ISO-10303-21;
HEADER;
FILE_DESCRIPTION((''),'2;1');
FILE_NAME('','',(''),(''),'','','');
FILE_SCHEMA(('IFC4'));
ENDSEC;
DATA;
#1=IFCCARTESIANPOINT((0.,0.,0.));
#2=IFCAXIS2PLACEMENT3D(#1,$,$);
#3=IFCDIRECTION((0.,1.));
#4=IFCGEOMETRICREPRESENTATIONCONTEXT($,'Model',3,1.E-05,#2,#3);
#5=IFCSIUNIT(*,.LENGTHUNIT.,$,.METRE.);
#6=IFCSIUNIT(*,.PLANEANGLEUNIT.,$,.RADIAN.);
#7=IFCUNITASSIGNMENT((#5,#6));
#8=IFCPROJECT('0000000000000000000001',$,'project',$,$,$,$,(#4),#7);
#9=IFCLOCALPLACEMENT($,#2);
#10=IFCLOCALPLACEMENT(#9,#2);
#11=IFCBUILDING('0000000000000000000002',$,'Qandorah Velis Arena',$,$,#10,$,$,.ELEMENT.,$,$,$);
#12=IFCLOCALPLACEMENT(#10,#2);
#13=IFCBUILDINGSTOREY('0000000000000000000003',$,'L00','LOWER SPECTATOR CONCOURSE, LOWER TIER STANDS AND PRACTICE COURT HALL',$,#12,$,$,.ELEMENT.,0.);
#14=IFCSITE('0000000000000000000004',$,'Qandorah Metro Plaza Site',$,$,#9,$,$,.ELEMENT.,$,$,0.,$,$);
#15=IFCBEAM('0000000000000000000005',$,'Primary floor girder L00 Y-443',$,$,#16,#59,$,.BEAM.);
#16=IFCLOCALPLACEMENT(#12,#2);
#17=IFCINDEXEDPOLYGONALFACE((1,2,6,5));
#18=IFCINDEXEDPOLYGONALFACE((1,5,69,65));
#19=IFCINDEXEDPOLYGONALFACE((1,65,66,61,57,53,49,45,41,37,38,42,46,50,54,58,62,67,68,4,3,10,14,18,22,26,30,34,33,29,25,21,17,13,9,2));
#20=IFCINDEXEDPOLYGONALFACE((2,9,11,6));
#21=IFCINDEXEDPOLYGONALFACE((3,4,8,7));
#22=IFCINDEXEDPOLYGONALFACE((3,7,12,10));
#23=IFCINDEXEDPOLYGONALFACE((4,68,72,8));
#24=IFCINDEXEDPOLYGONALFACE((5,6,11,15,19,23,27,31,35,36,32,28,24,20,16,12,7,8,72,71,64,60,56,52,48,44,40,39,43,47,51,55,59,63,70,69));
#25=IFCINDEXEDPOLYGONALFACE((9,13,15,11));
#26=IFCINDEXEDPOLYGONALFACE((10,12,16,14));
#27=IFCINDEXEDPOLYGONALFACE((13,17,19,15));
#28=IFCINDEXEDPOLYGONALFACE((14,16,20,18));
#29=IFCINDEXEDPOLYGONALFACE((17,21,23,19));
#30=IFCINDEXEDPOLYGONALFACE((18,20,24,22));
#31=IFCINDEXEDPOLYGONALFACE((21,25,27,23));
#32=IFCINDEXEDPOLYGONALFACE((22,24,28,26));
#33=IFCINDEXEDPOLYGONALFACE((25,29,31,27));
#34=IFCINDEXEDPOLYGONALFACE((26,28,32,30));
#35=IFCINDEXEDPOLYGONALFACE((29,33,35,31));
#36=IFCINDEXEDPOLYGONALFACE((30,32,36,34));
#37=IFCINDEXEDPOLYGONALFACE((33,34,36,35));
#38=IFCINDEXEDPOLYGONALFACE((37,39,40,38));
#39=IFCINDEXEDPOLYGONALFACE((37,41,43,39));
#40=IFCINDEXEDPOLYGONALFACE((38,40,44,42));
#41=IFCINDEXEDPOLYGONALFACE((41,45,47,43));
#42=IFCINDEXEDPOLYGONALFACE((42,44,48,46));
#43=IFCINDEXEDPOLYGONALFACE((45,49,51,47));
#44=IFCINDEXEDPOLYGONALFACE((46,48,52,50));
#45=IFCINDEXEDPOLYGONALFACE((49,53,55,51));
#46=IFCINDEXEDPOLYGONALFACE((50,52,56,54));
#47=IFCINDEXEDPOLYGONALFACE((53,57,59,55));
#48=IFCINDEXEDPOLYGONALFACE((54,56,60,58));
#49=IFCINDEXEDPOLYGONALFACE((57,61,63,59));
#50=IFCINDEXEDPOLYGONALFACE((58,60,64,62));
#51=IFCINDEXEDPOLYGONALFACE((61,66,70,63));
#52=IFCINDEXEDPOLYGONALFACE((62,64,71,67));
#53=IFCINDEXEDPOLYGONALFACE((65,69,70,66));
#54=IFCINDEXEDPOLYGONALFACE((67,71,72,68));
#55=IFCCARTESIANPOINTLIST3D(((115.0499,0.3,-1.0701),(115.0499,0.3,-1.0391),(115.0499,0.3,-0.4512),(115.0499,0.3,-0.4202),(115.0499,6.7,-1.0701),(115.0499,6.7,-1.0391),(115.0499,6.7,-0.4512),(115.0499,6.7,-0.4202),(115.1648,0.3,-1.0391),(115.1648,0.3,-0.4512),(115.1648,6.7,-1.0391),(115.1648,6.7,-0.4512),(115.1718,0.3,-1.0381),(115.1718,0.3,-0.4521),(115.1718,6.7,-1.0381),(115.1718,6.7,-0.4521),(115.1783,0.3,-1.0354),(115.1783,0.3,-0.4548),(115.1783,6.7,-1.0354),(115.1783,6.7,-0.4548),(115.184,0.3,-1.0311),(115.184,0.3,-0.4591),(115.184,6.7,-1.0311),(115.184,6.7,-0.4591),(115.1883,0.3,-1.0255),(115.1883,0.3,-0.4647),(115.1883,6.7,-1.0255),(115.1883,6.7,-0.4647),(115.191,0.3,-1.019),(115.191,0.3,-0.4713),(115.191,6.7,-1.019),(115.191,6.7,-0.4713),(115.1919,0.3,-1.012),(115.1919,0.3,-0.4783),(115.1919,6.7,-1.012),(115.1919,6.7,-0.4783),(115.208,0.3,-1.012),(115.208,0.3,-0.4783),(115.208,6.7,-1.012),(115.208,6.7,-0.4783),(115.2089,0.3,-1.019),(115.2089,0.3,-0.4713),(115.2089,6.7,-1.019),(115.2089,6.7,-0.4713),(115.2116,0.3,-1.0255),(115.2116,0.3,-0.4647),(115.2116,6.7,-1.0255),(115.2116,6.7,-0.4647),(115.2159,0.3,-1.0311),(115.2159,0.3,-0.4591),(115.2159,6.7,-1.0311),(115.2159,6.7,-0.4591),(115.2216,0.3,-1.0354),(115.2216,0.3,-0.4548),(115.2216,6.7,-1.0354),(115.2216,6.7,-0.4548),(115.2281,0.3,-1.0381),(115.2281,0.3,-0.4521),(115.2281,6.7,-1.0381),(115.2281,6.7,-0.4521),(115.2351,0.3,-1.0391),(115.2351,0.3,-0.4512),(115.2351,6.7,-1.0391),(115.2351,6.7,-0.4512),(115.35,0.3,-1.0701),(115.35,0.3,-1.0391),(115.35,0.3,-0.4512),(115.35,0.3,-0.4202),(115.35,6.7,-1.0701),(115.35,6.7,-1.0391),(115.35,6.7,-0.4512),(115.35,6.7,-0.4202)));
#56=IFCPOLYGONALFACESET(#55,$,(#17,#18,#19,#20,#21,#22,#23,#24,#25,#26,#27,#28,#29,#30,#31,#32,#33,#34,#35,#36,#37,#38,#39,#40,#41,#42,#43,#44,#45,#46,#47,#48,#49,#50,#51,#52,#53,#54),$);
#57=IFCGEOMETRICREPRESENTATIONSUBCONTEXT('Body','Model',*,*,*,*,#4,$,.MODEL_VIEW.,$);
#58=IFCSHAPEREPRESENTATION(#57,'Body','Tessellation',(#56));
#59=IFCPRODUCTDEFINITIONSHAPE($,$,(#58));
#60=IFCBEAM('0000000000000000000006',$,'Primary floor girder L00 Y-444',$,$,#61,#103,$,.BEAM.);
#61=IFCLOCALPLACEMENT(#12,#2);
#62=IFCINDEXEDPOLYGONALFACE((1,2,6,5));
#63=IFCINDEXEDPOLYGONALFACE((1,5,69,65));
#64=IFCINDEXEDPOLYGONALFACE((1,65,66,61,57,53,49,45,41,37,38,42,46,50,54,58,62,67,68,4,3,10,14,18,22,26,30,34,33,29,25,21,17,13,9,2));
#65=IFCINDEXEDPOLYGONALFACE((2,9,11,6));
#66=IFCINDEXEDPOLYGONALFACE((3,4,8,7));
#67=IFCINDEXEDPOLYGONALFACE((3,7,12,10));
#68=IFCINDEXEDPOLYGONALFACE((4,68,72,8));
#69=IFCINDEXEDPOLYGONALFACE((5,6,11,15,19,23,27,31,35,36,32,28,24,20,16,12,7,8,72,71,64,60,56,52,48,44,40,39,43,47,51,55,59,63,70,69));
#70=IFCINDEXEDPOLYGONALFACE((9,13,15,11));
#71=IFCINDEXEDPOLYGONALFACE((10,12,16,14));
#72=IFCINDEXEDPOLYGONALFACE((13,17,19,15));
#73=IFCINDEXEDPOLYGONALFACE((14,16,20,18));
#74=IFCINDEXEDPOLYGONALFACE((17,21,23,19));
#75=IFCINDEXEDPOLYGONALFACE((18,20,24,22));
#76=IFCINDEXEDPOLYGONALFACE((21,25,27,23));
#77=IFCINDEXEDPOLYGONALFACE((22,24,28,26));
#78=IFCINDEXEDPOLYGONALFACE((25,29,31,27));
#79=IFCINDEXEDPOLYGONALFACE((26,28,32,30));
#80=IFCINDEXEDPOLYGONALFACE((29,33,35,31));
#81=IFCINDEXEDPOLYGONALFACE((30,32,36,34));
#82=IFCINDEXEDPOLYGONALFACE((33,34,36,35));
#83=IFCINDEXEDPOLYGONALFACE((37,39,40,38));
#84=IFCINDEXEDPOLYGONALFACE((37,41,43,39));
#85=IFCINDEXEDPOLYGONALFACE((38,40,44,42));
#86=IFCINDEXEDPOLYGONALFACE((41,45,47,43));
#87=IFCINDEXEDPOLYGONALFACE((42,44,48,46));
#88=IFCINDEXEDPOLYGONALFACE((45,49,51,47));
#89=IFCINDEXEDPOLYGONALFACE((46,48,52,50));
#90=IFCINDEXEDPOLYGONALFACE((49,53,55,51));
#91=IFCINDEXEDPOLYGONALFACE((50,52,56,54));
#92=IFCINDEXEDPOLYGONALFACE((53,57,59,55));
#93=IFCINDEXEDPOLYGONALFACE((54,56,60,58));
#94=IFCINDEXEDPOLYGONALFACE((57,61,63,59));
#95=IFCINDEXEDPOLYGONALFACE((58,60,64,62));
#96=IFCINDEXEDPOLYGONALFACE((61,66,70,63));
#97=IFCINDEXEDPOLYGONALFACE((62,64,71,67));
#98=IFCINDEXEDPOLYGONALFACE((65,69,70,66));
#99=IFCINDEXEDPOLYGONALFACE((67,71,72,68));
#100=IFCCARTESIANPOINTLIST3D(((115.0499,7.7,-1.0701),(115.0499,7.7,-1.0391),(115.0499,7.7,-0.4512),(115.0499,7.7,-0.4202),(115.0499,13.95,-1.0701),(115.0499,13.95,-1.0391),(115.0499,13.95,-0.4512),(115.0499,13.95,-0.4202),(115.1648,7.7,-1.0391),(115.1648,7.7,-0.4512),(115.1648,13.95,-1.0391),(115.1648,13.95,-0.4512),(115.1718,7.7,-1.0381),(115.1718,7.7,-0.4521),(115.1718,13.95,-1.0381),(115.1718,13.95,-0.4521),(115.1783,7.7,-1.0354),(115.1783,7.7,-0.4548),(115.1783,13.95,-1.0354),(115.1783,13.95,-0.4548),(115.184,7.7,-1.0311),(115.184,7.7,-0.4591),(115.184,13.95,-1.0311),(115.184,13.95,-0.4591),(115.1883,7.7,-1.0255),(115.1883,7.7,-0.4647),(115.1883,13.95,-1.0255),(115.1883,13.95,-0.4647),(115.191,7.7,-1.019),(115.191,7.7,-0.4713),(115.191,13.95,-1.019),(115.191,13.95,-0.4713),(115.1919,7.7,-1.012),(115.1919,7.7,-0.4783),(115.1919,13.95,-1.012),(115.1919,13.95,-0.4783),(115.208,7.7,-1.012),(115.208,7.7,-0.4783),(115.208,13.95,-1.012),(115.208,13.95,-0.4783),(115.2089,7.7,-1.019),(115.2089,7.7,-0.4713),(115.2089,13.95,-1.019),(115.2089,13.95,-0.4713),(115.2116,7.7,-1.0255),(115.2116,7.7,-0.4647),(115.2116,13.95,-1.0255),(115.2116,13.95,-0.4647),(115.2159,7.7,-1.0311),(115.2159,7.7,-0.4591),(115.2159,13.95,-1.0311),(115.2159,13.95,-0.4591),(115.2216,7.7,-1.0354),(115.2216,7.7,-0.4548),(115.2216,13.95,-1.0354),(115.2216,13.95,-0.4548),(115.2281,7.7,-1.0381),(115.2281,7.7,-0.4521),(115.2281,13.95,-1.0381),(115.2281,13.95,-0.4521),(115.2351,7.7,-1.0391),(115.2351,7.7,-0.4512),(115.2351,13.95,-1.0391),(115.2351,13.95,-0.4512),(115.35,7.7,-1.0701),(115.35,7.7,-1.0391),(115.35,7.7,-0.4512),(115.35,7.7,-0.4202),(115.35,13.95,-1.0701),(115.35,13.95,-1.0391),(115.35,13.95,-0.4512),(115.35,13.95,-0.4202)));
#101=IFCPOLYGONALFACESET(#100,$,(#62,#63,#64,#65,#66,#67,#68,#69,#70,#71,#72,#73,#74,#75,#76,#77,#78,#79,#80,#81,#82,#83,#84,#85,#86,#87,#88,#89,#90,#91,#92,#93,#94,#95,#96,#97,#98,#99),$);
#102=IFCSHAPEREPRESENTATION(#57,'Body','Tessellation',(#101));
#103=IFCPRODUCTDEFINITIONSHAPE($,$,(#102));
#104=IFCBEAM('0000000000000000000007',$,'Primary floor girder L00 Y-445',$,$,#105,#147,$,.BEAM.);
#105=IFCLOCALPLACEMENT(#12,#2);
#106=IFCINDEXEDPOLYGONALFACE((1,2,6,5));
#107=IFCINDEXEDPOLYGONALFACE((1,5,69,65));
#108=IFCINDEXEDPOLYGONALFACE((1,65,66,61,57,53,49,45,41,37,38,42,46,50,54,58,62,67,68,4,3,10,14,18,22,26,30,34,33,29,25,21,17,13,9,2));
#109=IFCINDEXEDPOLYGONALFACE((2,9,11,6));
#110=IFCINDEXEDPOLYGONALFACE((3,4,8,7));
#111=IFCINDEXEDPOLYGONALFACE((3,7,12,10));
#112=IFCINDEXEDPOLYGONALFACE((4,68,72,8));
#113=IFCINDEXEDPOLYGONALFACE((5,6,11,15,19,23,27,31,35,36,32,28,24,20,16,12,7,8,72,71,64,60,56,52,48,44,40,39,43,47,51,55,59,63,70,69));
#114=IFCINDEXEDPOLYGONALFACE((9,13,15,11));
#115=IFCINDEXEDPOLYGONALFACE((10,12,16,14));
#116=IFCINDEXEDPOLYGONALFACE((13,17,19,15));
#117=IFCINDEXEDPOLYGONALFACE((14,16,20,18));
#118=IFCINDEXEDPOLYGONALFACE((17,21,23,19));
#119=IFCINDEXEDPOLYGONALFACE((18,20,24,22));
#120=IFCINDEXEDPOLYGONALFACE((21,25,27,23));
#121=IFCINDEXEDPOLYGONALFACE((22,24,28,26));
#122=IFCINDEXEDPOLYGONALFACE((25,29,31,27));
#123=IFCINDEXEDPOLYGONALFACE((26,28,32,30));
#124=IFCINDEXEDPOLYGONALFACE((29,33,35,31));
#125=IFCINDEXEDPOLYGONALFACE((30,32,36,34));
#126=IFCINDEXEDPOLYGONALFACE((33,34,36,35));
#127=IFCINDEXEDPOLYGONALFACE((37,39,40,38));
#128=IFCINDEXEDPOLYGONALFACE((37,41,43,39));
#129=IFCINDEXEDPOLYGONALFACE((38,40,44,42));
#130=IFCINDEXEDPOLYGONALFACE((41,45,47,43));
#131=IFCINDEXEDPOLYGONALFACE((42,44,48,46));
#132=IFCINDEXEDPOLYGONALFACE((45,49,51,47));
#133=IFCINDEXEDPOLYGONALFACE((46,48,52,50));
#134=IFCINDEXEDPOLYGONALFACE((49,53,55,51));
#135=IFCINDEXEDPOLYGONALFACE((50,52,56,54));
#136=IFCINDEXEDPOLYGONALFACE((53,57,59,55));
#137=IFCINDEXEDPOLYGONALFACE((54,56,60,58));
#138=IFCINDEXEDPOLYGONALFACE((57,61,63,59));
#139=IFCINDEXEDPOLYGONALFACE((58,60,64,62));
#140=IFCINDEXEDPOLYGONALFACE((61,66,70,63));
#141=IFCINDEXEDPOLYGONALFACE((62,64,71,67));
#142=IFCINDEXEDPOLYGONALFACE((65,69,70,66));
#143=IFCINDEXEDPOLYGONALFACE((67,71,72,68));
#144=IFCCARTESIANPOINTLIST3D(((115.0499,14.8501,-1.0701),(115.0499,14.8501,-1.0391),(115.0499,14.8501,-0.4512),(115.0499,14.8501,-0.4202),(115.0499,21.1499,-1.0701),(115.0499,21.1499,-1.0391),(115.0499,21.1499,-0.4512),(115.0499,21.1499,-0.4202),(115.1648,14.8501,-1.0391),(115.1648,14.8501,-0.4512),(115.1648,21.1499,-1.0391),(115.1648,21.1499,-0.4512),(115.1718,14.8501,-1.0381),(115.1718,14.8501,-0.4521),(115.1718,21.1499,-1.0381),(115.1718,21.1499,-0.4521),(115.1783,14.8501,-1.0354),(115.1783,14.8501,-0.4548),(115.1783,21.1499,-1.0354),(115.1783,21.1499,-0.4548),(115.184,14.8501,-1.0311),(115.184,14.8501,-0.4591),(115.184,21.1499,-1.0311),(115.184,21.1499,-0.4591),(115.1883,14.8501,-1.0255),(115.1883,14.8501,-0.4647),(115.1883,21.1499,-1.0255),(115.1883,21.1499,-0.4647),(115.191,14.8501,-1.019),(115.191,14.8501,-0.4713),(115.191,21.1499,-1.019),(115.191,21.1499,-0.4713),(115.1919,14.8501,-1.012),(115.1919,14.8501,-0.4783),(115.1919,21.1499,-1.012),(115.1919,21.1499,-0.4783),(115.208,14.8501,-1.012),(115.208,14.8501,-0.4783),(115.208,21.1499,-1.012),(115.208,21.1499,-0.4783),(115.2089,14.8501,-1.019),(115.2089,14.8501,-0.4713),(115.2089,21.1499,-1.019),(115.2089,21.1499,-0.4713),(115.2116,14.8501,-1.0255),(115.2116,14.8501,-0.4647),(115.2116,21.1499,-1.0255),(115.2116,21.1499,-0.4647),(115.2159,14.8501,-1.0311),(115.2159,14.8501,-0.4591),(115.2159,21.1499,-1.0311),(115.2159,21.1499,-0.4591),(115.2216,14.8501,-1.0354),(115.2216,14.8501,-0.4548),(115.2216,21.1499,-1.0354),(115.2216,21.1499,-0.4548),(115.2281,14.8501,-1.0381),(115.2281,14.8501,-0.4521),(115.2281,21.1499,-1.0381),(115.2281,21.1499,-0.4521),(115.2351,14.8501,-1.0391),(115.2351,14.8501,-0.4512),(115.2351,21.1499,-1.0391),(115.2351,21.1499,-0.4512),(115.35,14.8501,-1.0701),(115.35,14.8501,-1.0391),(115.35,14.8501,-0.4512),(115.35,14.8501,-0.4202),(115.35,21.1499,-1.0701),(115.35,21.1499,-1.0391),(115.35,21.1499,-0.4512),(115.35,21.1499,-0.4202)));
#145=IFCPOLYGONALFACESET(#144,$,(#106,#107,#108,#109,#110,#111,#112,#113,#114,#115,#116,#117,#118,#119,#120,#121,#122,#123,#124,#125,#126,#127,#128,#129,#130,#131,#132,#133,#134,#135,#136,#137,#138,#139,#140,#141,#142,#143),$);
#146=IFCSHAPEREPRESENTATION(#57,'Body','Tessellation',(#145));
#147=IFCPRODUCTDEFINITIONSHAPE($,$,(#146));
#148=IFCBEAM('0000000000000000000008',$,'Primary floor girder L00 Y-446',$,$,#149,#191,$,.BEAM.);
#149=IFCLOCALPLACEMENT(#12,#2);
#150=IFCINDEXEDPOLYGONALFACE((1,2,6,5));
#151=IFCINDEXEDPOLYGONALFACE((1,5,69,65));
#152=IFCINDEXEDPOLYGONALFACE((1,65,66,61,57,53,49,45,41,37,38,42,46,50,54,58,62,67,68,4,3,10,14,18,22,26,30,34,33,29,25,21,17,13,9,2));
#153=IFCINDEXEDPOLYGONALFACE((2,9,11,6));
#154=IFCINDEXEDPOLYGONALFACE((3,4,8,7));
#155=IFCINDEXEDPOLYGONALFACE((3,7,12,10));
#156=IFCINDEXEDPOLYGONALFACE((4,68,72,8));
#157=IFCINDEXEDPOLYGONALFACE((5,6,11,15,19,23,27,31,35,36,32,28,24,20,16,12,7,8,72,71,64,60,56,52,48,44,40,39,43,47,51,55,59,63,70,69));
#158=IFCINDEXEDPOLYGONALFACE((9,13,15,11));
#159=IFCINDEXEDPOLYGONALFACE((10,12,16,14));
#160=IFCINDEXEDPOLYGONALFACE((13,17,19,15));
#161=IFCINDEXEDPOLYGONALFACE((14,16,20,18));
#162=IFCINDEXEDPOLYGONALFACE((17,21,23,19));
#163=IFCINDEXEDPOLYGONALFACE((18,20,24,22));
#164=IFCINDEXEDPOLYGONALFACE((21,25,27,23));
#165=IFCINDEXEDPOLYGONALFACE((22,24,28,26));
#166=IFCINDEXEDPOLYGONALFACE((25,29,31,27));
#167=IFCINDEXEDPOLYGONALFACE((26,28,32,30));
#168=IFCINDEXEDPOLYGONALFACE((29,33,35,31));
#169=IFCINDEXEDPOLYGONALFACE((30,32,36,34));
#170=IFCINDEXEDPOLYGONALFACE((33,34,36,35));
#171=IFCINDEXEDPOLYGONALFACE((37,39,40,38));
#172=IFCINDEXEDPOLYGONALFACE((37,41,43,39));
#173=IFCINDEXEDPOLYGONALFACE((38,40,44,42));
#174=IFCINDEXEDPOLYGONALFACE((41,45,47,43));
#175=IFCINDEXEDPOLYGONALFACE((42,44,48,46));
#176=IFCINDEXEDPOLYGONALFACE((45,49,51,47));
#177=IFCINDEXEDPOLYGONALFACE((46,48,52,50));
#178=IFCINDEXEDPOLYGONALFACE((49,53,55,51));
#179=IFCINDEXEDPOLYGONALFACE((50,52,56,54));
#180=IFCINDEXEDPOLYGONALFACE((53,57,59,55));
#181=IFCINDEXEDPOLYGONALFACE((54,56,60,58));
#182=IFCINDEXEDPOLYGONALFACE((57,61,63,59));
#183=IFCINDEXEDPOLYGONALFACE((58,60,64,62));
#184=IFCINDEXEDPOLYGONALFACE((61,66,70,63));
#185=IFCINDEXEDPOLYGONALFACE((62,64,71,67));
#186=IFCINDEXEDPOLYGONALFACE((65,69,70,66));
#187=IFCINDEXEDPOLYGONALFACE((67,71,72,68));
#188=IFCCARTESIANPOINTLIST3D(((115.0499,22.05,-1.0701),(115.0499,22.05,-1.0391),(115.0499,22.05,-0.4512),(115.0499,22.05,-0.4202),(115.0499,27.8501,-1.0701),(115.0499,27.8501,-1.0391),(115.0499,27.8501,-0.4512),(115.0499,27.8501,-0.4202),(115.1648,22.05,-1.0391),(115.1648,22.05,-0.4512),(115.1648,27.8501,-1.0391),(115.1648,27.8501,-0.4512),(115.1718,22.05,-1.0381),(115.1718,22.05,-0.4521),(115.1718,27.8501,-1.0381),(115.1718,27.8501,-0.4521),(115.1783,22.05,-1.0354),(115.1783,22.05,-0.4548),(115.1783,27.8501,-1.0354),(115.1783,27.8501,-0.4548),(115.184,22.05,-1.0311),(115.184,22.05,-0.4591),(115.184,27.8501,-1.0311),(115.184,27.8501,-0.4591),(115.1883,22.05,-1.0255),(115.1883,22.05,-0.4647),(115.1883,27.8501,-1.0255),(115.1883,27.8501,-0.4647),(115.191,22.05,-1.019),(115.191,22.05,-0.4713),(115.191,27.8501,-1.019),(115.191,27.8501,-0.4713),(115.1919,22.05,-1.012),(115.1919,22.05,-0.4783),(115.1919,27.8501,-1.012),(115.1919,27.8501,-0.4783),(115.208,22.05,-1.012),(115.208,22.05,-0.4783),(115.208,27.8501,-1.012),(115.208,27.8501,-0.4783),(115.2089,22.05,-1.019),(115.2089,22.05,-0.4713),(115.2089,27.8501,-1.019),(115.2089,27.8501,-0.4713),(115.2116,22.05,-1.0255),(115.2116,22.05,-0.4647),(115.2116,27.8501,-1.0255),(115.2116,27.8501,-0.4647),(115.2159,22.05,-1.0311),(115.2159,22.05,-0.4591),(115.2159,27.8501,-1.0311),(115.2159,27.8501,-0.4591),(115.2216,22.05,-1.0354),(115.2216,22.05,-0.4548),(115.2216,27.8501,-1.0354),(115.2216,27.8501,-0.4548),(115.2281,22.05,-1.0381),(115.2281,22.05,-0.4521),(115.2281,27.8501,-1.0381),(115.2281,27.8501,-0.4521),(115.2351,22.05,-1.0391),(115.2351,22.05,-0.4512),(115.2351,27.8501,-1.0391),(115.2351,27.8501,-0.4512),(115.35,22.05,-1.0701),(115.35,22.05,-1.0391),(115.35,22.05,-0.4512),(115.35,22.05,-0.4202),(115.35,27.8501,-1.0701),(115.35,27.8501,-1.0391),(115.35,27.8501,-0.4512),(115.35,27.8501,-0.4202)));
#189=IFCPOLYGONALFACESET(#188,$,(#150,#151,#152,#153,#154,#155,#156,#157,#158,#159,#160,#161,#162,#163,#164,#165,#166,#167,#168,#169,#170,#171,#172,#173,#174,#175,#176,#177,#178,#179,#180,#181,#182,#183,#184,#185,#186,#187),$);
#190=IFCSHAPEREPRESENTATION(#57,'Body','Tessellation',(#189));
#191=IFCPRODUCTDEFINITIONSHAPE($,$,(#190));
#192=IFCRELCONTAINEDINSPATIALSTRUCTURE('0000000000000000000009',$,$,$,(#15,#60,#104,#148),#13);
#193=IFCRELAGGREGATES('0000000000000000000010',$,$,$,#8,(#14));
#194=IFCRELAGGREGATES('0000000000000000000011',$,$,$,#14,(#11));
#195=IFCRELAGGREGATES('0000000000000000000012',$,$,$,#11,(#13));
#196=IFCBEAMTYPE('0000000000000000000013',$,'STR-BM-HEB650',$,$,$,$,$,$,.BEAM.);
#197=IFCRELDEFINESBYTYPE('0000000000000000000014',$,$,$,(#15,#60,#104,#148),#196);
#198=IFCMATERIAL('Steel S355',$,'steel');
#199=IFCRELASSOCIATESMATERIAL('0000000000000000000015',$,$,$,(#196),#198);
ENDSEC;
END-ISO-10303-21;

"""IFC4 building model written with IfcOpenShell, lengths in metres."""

from ifc_helpers import new_model, si_unit, direction, frame, origin, origin_2d, place, context, subcontext, project, spatial, i_section, extrude, material, material_profile, profile_set, type_object, element, save


model = new_model("IFC4")

# Units and contexts
model_context = context("Model", 3, precision=1e-05, world=origin(), true_north=direction((0.0, 1.0)))
body_context = subcontext(model_context, "Body", "Model", "MODEL_VIEW")
ifc_project = project(units=[si_unit("LENGTHUNIT", "METRE"), si_unit("PLANEANGLEUNIT", "RADIAN")], contexts=[model_context])

# Site, building, storey
site_placement = place(None, origin())
site = spatial("IfcSite", under=ifc_project, at=site_placement, Name="Qandorah Metro Plaza Site", CompositionType="ELEMENT", RefElevation=0.0)
building_placement = place(site_placement, origin())
building = spatial("IfcBuilding", under=site, at=building_placement, Name="Qandorah Velis Arena", CompositionType="ELEMENT")
storey_placement = place(building_placement, origin())
storey = spatial("IfcBuildingStorey", under=building, at=storey_placement, Name="L00", Description="LOWER SPECTATOR CONCOURSE, LOWER TIER STANDS AND PRACTICE COURT HALL", CompositionType="ELEMENT", Elevation=0.0)

# Beams
ifc_material_1 = material(Name="Steel S355", Category="steel")
ifc_material_profile_1 = material_profile(ifc_material_1, i_section(OverallWidth=0.3, OverallDepth=0.6499, WebThickness=0.0161, FlangeThickness=0.031, FilletRadius=0.0271, at=origin_2d()), Name="HEB 650")
ifc_profile_set_1 = profile_set([ifc_material_profile_1], Name="Steel S355")
beam_type_1 = type_object("IfcBeamType", Name="STR-BM-HEB650", PredefinedType="BEAM", material=ifc_profile_set_1)
beam_1_placement = place(storey_placement, frame((115.2, 0.3, -0.7451), z_axis=(0.0, 1.0, 0.0), x_axis=(-1.0, 0.0, 0.0)))
element("IfcBeam", 1, at=beam_1_placement, inside=storey, type_object=beam_type_1, Name="Primary floor girder L00 Y-443", PredefinedType="BEAM", context=body_context, shape_type="SweptSolid", body=[
    extrude(i_section(OverallWidth=0.3, OverallDepth=0.6499, WebThickness=0.0161, FlangeThickness=0.031, FilletRadius=0.0271, at=origin_2d()), origin(), (0.0, 0.0, 1.0), 6.3999),
])
beam_2_placement = place(storey_placement, frame((115.2, 7.7, -0.7451), z_axis=(0.0, 1.0, 0.0), x_axis=(-1.0, 0.0, 0.0)))
element("IfcBeam", 2, at=beam_2_placement, inside=storey, type_object=beam_type_1, Name="Primary floor girder L00 Y-444", PredefinedType="BEAM", context=body_context, shape_type="SweptSolid", body=[
    extrude(i_section(OverallWidth=0.3, OverallDepth=0.6499, WebThickness=0.0161, FlangeThickness=0.031, FilletRadius=0.0271, at=origin_2d()), origin(), (0.0, 0.0, 1.0), 6.25),
])
beam_3_placement = place(storey_placement, frame((115.2, 14.8501, -0.7451), z_axis=(0.0, 1.0, 0.0), x_axis=(-1.0, 0.0, 0.0)))
element("IfcBeam", 3, at=beam_3_placement, inside=storey, type_object=beam_type_1, Name="Primary floor girder L00 Y-445", PredefinedType="BEAM", context=body_context, shape_type="SweptSolid", body=[
    extrude(i_section(OverallWidth=0.3, OverallDepth=0.6499, WebThickness=0.0161, FlangeThickness=0.031, FilletRadius=0.0271, at=origin_2d()), origin(), (0.0, 0.0, 1.0), 6.2998),
])
beam_4_placement = place(storey_placement, frame((115.2, 22.05, -0.7451), z_axis=(0.0, 1.0, 0.0), x_axis=(-1.0, 0.0, 0.0)))
element("IfcBeam", 4, at=beam_4_placement, inside=storey, type_object=beam_type_1, Name="Primary floor girder L00 Y-446", PredefinedType="BEAM", context=body_context, shape_type="SweptSolid", body=[
    extrude(i_section(OverallWidth=0.3, OverallDepth=0.6499, WebThickness=0.0161, FlangeThickness=0.031, FilletRadius=0.0271, at=origin_2d()), origin(), (0.0, 0.0, 1.0), 5.8),
])

save(model, "model.ifc")
